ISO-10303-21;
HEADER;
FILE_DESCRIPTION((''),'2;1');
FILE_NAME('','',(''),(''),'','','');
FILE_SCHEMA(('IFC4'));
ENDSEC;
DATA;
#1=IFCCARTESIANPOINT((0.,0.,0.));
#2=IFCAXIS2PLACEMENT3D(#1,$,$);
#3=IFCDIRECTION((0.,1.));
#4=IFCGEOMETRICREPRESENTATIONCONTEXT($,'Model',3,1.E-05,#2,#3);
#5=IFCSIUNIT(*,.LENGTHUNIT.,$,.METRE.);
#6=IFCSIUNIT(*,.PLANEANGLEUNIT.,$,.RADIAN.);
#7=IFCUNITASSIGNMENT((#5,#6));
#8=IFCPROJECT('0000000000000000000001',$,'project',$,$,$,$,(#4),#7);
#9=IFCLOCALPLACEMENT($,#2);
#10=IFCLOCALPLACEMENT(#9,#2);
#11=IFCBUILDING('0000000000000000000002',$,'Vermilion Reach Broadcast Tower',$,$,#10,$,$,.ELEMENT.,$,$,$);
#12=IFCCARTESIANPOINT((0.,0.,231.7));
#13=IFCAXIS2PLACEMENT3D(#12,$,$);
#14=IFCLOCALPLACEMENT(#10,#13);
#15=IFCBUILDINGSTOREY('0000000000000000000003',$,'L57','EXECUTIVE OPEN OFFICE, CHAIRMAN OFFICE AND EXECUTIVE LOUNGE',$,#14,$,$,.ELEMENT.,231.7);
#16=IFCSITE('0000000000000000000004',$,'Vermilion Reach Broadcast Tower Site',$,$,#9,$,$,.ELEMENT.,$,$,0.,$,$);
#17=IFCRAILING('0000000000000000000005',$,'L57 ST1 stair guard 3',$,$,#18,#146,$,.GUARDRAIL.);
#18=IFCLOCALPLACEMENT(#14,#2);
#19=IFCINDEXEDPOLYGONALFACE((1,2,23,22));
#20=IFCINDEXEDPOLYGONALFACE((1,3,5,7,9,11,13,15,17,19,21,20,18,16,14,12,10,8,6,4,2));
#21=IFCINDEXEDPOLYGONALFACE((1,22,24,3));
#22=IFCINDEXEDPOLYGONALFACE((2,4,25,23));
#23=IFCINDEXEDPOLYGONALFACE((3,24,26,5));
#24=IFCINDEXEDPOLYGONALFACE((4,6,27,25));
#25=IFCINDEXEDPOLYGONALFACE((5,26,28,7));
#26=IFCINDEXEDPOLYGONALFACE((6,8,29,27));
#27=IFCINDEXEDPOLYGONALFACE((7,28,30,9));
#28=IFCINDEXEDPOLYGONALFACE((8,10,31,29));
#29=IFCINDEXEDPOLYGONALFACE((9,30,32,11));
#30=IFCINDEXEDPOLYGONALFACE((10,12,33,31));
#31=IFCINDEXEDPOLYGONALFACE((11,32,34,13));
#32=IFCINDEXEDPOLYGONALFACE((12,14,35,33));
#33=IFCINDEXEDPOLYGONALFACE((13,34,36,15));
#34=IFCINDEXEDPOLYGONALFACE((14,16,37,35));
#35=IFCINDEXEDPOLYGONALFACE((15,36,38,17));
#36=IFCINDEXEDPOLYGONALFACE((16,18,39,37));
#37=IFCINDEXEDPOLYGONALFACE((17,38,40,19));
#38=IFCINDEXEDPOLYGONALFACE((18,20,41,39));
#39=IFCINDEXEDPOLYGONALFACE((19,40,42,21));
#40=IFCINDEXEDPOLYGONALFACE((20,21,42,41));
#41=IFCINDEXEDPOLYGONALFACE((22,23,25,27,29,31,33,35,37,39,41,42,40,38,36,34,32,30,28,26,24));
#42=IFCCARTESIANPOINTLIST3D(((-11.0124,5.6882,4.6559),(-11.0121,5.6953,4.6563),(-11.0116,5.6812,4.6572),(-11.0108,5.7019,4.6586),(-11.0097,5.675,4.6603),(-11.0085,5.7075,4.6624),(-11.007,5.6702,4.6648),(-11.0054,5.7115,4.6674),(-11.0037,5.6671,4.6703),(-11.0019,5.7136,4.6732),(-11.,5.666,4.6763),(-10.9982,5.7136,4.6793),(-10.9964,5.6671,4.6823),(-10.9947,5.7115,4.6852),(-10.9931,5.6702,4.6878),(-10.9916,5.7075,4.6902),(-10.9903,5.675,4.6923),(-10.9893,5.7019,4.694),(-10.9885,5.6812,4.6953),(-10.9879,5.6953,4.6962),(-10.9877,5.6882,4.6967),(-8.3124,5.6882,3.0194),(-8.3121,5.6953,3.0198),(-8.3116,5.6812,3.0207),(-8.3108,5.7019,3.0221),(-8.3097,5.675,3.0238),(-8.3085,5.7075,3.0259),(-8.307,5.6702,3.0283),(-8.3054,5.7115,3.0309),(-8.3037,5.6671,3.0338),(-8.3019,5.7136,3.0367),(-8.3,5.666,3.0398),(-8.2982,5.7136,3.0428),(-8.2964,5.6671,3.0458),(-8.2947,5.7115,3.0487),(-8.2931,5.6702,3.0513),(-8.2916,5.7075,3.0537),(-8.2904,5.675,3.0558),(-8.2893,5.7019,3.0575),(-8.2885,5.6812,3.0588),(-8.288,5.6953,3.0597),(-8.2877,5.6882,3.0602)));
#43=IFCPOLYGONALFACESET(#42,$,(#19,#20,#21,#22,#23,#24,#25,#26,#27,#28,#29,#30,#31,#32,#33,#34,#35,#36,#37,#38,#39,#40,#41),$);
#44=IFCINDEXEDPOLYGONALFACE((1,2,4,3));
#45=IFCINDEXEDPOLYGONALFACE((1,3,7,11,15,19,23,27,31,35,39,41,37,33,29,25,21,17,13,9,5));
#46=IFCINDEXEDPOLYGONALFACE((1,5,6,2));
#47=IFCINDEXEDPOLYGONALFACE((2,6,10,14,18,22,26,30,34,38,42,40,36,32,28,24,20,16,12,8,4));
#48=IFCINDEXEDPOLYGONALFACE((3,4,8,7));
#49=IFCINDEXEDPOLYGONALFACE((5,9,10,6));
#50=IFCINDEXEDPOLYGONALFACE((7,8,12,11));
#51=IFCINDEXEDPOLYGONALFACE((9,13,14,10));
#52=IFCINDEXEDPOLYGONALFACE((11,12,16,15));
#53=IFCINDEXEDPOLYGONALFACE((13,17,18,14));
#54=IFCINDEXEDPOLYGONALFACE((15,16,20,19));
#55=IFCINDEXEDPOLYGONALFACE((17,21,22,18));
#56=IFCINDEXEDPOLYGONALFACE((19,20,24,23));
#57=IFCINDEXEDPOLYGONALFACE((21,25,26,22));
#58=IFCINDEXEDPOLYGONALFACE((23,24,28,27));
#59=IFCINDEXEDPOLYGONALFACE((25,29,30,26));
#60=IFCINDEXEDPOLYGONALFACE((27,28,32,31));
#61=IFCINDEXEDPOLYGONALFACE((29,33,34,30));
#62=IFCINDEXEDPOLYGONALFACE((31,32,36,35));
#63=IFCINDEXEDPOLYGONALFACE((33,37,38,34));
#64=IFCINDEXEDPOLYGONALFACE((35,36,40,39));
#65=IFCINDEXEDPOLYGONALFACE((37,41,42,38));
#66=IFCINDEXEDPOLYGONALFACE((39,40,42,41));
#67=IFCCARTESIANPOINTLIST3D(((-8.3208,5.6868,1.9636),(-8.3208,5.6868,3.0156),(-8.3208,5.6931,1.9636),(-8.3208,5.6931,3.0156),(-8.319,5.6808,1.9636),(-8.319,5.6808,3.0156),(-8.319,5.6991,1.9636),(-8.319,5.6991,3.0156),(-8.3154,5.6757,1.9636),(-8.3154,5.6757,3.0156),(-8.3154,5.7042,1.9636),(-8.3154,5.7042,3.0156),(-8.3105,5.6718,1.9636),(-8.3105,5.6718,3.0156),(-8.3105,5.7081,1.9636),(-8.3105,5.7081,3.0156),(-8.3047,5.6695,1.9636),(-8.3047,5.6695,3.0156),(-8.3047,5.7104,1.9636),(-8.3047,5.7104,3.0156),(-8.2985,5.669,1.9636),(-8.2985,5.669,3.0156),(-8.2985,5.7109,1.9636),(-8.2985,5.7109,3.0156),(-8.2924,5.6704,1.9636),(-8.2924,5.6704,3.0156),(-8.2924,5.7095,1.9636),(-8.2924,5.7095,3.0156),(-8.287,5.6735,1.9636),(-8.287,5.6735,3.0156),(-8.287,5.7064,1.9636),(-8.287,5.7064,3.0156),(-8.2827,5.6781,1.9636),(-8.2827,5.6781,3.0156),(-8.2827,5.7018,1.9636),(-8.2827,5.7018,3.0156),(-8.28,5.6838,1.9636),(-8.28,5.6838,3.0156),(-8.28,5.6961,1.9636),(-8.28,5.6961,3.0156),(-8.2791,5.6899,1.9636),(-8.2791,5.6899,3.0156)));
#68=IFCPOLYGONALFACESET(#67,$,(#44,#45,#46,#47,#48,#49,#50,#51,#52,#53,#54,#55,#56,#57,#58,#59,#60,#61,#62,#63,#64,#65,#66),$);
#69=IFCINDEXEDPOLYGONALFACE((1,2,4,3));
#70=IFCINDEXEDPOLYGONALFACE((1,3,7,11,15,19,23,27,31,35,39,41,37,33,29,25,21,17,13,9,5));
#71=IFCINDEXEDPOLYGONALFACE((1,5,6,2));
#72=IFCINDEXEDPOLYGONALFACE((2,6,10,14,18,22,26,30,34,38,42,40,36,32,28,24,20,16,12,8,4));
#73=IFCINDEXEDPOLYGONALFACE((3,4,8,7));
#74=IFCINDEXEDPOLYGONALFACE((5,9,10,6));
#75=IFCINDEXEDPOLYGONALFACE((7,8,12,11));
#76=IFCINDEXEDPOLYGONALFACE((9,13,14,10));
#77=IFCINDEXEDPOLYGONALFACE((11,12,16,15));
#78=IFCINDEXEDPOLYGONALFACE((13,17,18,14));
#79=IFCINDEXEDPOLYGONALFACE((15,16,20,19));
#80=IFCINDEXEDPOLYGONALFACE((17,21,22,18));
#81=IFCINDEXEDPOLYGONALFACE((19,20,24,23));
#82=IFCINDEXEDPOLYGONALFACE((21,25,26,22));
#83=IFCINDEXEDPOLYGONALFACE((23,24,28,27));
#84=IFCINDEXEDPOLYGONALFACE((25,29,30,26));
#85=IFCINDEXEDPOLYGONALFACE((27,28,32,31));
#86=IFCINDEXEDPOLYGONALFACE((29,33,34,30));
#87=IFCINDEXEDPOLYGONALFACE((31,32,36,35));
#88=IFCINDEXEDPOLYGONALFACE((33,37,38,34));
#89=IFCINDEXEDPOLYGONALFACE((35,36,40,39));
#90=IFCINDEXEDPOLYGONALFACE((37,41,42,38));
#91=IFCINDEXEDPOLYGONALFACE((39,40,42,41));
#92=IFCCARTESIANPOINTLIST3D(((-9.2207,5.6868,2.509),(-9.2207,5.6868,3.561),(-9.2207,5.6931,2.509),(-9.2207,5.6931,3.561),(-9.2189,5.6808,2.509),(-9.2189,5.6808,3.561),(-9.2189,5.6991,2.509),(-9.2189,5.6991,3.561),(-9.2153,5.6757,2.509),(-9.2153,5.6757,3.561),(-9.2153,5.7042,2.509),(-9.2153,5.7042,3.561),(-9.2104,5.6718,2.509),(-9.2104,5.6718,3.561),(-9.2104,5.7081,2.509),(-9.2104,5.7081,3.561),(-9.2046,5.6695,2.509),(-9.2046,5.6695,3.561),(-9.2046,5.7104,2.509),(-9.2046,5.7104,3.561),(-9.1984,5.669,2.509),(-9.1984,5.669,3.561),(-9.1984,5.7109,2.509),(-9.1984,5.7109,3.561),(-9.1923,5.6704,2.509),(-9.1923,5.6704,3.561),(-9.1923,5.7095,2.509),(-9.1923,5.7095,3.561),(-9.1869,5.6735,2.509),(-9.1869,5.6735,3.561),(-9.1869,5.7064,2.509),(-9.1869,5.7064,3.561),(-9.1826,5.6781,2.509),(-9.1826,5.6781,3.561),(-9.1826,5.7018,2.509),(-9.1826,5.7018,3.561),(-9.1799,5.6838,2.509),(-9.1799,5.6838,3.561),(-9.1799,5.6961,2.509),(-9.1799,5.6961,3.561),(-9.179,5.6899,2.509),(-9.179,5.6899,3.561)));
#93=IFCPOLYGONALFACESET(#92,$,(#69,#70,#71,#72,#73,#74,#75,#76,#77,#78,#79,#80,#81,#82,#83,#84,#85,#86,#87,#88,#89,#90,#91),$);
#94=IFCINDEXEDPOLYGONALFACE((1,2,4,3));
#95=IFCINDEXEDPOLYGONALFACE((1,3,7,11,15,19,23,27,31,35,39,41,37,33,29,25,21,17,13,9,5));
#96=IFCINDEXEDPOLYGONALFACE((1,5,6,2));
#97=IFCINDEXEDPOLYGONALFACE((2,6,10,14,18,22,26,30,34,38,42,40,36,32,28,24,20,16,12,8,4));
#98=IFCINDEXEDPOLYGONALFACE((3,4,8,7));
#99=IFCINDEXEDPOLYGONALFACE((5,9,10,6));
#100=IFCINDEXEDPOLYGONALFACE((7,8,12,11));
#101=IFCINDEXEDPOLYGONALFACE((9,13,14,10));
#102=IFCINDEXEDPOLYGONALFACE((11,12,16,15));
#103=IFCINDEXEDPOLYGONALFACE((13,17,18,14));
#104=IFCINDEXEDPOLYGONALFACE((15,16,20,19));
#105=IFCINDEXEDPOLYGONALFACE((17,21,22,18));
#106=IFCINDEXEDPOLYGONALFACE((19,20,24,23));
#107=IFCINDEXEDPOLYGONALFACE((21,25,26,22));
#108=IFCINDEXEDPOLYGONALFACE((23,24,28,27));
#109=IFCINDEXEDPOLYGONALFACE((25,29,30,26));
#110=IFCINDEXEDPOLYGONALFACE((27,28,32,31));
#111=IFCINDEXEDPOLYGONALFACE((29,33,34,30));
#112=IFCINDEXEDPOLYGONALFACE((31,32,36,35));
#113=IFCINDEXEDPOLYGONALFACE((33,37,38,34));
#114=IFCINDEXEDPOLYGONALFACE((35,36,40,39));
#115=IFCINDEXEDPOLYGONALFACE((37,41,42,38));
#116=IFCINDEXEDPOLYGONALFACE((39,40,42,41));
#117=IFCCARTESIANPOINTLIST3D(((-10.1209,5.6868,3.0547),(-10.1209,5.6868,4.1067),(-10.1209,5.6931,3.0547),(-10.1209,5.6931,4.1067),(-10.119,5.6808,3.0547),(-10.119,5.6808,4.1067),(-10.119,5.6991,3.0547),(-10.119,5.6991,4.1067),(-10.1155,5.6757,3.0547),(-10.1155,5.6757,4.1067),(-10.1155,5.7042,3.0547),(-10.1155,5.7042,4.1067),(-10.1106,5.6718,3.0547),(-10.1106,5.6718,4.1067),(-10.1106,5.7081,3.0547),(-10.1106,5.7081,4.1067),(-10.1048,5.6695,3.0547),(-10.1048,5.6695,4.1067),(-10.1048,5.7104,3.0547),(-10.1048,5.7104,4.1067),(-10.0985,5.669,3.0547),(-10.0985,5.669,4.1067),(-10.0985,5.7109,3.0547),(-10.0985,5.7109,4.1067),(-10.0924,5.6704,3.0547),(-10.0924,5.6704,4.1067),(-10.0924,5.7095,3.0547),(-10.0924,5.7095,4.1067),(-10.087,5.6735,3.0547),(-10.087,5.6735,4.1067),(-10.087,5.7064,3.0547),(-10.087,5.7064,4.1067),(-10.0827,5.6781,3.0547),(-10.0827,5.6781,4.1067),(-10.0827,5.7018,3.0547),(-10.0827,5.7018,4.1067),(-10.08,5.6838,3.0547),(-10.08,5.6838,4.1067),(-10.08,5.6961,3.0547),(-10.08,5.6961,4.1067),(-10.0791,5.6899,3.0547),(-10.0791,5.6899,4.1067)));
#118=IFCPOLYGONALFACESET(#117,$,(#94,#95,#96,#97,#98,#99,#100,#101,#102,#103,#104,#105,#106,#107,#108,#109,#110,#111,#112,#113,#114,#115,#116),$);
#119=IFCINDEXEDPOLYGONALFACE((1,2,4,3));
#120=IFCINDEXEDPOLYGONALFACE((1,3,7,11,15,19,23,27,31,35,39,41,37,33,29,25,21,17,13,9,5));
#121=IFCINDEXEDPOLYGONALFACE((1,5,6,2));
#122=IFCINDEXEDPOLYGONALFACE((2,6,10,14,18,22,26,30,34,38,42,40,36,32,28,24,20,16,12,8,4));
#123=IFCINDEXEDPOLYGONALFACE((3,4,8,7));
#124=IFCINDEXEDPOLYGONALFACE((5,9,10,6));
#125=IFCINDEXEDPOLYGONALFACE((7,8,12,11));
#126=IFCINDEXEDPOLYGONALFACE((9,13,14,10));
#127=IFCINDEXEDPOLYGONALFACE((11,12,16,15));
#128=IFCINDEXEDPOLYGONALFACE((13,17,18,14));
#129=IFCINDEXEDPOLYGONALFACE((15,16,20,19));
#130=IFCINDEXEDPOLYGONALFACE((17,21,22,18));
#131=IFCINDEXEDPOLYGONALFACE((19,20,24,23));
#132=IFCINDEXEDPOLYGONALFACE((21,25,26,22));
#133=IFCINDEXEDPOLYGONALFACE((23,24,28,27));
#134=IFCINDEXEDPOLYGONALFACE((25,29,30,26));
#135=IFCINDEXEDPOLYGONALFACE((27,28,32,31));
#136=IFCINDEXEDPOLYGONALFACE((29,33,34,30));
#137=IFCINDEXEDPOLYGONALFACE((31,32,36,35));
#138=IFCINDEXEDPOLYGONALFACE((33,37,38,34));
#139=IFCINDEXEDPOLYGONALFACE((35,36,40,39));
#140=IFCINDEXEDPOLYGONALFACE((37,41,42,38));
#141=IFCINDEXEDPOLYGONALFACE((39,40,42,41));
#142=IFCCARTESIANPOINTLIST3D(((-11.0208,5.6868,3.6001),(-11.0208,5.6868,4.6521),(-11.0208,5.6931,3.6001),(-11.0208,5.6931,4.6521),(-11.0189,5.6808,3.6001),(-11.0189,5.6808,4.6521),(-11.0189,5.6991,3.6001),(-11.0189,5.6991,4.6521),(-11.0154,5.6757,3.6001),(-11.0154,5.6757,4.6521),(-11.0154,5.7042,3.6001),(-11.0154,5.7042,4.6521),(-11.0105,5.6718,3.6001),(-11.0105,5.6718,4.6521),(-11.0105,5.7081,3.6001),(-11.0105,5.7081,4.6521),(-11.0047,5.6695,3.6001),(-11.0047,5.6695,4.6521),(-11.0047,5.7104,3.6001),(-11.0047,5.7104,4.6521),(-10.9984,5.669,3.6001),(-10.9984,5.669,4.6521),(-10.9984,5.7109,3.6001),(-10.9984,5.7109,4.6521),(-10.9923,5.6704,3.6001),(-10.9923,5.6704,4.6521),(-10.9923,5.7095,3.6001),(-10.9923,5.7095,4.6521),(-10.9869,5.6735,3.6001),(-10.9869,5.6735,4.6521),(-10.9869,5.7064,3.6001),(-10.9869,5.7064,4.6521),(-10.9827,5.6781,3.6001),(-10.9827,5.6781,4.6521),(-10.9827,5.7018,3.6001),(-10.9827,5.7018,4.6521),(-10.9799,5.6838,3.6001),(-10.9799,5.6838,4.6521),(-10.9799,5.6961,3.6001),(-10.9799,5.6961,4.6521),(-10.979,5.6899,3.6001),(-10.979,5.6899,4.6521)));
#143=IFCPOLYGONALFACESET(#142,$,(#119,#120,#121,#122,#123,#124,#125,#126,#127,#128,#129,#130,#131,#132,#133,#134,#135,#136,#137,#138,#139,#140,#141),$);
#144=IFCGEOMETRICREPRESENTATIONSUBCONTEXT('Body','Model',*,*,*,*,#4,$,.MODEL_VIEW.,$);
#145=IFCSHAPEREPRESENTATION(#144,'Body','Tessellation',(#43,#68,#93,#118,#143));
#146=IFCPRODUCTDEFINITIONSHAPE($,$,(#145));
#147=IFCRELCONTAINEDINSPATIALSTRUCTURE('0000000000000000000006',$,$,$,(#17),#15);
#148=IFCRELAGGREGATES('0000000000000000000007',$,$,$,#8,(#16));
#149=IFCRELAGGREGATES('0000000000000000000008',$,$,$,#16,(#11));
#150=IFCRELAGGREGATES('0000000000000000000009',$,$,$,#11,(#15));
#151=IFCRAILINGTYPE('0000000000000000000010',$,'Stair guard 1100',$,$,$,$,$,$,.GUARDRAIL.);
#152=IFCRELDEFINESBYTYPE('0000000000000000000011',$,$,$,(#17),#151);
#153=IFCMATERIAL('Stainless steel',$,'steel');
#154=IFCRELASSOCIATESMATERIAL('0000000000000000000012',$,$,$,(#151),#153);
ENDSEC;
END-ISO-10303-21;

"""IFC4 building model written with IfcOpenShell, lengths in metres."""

from ifc_helpers import new_model, si_unit, direction, frame, origin, origin_2d, place, context, subcontext, project, spatial, circle, extrude, material, type_object, element, save


model = new_model("IFC4")

# Units and contexts
model_context = context("Model", 3, precision=1e-05, world=origin(), true_north=direction((0.0, 1.0)))
body_context = subcontext(model_context, "Body", "Model", "MODEL_VIEW")
ifc_project = project(units=[si_unit("LENGTHUNIT", "METRE"), si_unit("PLANEANGLEUNIT", "RADIAN")], contexts=[model_context])

# Site, building, storey
site_placement = place(None, origin())
site = spatial("IfcSite", under=ifc_project, at=site_placement, Name="Vermilion Reach Broadcast Tower Site", CompositionType="ELEMENT", RefElevation=0.0)
building_placement = place(site_placement, origin())
building = spatial("IfcBuilding", under=site, at=building_placement, Name="Vermilion Reach Broadcast Tower", CompositionType="ELEMENT")
storey_placement = place(building_placement, frame((0.0, 0.0, 231.7)))
storey = spatial("IfcBuildingStorey", under=building, at=storey_placement, Name="L57", Description="EXECUTIVE OPEN OFFICE, CHAIRMAN OFFICE AND EXECUTIVE LOUNGE", CompositionType="ELEMENT", Elevation=231.7)

# Railing
ifc_material_1 = material(Name="Stainless steel", Category="steel")
railing_type_1 = type_object("IfcRailingType", Name="Stair guard 1100", PredefinedType="GUARDRAIL", material=ifc_material_1)
railing_1_placement = place(storey_placement, frame((-8.3, 5.6899, 1.9636)))
element("IfcRailing", 1, at=railing_1_placement, inside=storey, type_object=railing_type_1, Name="L57 ST1 stair guard 3", PredefinedType="GUARDRAIL", context=body_context, shape_type="SweptSolid", body=[
    extrude(circle(Radius=0.0239, at=origin_2d()), frame((0.0, 0.0, 1.0762), z_axis=(-0.855178, 0.0, 0.518334), x_axis=(0.0, -1.0, 0.0)), (0.0, 0.0, 1.0), 3.1572),
    extrude(circle(Radius=0.021, at=origin_2d()), origin(), (0.0, 0.0, 1.0), 1.052),
    extrude(circle(Radius=0.021, at=origin_2d()), frame((-0.8999, 0.0, 0.5454)), (0.0, 0.0, 1.0), 1.052),
    extrude(circle(Radius=0.021, at=origin_2d()), frame((-1.8, 0.0, 1.0911)), (0.0, 0.0, 1.0), 1.052),
    extrude(circle(Radius=0.021, at=origin_2d()), frame((-2.7, 0.0, 1.6365)), (0.0, 0.0, 1.0), 1.052),
])

save(model, "model.ifc")
